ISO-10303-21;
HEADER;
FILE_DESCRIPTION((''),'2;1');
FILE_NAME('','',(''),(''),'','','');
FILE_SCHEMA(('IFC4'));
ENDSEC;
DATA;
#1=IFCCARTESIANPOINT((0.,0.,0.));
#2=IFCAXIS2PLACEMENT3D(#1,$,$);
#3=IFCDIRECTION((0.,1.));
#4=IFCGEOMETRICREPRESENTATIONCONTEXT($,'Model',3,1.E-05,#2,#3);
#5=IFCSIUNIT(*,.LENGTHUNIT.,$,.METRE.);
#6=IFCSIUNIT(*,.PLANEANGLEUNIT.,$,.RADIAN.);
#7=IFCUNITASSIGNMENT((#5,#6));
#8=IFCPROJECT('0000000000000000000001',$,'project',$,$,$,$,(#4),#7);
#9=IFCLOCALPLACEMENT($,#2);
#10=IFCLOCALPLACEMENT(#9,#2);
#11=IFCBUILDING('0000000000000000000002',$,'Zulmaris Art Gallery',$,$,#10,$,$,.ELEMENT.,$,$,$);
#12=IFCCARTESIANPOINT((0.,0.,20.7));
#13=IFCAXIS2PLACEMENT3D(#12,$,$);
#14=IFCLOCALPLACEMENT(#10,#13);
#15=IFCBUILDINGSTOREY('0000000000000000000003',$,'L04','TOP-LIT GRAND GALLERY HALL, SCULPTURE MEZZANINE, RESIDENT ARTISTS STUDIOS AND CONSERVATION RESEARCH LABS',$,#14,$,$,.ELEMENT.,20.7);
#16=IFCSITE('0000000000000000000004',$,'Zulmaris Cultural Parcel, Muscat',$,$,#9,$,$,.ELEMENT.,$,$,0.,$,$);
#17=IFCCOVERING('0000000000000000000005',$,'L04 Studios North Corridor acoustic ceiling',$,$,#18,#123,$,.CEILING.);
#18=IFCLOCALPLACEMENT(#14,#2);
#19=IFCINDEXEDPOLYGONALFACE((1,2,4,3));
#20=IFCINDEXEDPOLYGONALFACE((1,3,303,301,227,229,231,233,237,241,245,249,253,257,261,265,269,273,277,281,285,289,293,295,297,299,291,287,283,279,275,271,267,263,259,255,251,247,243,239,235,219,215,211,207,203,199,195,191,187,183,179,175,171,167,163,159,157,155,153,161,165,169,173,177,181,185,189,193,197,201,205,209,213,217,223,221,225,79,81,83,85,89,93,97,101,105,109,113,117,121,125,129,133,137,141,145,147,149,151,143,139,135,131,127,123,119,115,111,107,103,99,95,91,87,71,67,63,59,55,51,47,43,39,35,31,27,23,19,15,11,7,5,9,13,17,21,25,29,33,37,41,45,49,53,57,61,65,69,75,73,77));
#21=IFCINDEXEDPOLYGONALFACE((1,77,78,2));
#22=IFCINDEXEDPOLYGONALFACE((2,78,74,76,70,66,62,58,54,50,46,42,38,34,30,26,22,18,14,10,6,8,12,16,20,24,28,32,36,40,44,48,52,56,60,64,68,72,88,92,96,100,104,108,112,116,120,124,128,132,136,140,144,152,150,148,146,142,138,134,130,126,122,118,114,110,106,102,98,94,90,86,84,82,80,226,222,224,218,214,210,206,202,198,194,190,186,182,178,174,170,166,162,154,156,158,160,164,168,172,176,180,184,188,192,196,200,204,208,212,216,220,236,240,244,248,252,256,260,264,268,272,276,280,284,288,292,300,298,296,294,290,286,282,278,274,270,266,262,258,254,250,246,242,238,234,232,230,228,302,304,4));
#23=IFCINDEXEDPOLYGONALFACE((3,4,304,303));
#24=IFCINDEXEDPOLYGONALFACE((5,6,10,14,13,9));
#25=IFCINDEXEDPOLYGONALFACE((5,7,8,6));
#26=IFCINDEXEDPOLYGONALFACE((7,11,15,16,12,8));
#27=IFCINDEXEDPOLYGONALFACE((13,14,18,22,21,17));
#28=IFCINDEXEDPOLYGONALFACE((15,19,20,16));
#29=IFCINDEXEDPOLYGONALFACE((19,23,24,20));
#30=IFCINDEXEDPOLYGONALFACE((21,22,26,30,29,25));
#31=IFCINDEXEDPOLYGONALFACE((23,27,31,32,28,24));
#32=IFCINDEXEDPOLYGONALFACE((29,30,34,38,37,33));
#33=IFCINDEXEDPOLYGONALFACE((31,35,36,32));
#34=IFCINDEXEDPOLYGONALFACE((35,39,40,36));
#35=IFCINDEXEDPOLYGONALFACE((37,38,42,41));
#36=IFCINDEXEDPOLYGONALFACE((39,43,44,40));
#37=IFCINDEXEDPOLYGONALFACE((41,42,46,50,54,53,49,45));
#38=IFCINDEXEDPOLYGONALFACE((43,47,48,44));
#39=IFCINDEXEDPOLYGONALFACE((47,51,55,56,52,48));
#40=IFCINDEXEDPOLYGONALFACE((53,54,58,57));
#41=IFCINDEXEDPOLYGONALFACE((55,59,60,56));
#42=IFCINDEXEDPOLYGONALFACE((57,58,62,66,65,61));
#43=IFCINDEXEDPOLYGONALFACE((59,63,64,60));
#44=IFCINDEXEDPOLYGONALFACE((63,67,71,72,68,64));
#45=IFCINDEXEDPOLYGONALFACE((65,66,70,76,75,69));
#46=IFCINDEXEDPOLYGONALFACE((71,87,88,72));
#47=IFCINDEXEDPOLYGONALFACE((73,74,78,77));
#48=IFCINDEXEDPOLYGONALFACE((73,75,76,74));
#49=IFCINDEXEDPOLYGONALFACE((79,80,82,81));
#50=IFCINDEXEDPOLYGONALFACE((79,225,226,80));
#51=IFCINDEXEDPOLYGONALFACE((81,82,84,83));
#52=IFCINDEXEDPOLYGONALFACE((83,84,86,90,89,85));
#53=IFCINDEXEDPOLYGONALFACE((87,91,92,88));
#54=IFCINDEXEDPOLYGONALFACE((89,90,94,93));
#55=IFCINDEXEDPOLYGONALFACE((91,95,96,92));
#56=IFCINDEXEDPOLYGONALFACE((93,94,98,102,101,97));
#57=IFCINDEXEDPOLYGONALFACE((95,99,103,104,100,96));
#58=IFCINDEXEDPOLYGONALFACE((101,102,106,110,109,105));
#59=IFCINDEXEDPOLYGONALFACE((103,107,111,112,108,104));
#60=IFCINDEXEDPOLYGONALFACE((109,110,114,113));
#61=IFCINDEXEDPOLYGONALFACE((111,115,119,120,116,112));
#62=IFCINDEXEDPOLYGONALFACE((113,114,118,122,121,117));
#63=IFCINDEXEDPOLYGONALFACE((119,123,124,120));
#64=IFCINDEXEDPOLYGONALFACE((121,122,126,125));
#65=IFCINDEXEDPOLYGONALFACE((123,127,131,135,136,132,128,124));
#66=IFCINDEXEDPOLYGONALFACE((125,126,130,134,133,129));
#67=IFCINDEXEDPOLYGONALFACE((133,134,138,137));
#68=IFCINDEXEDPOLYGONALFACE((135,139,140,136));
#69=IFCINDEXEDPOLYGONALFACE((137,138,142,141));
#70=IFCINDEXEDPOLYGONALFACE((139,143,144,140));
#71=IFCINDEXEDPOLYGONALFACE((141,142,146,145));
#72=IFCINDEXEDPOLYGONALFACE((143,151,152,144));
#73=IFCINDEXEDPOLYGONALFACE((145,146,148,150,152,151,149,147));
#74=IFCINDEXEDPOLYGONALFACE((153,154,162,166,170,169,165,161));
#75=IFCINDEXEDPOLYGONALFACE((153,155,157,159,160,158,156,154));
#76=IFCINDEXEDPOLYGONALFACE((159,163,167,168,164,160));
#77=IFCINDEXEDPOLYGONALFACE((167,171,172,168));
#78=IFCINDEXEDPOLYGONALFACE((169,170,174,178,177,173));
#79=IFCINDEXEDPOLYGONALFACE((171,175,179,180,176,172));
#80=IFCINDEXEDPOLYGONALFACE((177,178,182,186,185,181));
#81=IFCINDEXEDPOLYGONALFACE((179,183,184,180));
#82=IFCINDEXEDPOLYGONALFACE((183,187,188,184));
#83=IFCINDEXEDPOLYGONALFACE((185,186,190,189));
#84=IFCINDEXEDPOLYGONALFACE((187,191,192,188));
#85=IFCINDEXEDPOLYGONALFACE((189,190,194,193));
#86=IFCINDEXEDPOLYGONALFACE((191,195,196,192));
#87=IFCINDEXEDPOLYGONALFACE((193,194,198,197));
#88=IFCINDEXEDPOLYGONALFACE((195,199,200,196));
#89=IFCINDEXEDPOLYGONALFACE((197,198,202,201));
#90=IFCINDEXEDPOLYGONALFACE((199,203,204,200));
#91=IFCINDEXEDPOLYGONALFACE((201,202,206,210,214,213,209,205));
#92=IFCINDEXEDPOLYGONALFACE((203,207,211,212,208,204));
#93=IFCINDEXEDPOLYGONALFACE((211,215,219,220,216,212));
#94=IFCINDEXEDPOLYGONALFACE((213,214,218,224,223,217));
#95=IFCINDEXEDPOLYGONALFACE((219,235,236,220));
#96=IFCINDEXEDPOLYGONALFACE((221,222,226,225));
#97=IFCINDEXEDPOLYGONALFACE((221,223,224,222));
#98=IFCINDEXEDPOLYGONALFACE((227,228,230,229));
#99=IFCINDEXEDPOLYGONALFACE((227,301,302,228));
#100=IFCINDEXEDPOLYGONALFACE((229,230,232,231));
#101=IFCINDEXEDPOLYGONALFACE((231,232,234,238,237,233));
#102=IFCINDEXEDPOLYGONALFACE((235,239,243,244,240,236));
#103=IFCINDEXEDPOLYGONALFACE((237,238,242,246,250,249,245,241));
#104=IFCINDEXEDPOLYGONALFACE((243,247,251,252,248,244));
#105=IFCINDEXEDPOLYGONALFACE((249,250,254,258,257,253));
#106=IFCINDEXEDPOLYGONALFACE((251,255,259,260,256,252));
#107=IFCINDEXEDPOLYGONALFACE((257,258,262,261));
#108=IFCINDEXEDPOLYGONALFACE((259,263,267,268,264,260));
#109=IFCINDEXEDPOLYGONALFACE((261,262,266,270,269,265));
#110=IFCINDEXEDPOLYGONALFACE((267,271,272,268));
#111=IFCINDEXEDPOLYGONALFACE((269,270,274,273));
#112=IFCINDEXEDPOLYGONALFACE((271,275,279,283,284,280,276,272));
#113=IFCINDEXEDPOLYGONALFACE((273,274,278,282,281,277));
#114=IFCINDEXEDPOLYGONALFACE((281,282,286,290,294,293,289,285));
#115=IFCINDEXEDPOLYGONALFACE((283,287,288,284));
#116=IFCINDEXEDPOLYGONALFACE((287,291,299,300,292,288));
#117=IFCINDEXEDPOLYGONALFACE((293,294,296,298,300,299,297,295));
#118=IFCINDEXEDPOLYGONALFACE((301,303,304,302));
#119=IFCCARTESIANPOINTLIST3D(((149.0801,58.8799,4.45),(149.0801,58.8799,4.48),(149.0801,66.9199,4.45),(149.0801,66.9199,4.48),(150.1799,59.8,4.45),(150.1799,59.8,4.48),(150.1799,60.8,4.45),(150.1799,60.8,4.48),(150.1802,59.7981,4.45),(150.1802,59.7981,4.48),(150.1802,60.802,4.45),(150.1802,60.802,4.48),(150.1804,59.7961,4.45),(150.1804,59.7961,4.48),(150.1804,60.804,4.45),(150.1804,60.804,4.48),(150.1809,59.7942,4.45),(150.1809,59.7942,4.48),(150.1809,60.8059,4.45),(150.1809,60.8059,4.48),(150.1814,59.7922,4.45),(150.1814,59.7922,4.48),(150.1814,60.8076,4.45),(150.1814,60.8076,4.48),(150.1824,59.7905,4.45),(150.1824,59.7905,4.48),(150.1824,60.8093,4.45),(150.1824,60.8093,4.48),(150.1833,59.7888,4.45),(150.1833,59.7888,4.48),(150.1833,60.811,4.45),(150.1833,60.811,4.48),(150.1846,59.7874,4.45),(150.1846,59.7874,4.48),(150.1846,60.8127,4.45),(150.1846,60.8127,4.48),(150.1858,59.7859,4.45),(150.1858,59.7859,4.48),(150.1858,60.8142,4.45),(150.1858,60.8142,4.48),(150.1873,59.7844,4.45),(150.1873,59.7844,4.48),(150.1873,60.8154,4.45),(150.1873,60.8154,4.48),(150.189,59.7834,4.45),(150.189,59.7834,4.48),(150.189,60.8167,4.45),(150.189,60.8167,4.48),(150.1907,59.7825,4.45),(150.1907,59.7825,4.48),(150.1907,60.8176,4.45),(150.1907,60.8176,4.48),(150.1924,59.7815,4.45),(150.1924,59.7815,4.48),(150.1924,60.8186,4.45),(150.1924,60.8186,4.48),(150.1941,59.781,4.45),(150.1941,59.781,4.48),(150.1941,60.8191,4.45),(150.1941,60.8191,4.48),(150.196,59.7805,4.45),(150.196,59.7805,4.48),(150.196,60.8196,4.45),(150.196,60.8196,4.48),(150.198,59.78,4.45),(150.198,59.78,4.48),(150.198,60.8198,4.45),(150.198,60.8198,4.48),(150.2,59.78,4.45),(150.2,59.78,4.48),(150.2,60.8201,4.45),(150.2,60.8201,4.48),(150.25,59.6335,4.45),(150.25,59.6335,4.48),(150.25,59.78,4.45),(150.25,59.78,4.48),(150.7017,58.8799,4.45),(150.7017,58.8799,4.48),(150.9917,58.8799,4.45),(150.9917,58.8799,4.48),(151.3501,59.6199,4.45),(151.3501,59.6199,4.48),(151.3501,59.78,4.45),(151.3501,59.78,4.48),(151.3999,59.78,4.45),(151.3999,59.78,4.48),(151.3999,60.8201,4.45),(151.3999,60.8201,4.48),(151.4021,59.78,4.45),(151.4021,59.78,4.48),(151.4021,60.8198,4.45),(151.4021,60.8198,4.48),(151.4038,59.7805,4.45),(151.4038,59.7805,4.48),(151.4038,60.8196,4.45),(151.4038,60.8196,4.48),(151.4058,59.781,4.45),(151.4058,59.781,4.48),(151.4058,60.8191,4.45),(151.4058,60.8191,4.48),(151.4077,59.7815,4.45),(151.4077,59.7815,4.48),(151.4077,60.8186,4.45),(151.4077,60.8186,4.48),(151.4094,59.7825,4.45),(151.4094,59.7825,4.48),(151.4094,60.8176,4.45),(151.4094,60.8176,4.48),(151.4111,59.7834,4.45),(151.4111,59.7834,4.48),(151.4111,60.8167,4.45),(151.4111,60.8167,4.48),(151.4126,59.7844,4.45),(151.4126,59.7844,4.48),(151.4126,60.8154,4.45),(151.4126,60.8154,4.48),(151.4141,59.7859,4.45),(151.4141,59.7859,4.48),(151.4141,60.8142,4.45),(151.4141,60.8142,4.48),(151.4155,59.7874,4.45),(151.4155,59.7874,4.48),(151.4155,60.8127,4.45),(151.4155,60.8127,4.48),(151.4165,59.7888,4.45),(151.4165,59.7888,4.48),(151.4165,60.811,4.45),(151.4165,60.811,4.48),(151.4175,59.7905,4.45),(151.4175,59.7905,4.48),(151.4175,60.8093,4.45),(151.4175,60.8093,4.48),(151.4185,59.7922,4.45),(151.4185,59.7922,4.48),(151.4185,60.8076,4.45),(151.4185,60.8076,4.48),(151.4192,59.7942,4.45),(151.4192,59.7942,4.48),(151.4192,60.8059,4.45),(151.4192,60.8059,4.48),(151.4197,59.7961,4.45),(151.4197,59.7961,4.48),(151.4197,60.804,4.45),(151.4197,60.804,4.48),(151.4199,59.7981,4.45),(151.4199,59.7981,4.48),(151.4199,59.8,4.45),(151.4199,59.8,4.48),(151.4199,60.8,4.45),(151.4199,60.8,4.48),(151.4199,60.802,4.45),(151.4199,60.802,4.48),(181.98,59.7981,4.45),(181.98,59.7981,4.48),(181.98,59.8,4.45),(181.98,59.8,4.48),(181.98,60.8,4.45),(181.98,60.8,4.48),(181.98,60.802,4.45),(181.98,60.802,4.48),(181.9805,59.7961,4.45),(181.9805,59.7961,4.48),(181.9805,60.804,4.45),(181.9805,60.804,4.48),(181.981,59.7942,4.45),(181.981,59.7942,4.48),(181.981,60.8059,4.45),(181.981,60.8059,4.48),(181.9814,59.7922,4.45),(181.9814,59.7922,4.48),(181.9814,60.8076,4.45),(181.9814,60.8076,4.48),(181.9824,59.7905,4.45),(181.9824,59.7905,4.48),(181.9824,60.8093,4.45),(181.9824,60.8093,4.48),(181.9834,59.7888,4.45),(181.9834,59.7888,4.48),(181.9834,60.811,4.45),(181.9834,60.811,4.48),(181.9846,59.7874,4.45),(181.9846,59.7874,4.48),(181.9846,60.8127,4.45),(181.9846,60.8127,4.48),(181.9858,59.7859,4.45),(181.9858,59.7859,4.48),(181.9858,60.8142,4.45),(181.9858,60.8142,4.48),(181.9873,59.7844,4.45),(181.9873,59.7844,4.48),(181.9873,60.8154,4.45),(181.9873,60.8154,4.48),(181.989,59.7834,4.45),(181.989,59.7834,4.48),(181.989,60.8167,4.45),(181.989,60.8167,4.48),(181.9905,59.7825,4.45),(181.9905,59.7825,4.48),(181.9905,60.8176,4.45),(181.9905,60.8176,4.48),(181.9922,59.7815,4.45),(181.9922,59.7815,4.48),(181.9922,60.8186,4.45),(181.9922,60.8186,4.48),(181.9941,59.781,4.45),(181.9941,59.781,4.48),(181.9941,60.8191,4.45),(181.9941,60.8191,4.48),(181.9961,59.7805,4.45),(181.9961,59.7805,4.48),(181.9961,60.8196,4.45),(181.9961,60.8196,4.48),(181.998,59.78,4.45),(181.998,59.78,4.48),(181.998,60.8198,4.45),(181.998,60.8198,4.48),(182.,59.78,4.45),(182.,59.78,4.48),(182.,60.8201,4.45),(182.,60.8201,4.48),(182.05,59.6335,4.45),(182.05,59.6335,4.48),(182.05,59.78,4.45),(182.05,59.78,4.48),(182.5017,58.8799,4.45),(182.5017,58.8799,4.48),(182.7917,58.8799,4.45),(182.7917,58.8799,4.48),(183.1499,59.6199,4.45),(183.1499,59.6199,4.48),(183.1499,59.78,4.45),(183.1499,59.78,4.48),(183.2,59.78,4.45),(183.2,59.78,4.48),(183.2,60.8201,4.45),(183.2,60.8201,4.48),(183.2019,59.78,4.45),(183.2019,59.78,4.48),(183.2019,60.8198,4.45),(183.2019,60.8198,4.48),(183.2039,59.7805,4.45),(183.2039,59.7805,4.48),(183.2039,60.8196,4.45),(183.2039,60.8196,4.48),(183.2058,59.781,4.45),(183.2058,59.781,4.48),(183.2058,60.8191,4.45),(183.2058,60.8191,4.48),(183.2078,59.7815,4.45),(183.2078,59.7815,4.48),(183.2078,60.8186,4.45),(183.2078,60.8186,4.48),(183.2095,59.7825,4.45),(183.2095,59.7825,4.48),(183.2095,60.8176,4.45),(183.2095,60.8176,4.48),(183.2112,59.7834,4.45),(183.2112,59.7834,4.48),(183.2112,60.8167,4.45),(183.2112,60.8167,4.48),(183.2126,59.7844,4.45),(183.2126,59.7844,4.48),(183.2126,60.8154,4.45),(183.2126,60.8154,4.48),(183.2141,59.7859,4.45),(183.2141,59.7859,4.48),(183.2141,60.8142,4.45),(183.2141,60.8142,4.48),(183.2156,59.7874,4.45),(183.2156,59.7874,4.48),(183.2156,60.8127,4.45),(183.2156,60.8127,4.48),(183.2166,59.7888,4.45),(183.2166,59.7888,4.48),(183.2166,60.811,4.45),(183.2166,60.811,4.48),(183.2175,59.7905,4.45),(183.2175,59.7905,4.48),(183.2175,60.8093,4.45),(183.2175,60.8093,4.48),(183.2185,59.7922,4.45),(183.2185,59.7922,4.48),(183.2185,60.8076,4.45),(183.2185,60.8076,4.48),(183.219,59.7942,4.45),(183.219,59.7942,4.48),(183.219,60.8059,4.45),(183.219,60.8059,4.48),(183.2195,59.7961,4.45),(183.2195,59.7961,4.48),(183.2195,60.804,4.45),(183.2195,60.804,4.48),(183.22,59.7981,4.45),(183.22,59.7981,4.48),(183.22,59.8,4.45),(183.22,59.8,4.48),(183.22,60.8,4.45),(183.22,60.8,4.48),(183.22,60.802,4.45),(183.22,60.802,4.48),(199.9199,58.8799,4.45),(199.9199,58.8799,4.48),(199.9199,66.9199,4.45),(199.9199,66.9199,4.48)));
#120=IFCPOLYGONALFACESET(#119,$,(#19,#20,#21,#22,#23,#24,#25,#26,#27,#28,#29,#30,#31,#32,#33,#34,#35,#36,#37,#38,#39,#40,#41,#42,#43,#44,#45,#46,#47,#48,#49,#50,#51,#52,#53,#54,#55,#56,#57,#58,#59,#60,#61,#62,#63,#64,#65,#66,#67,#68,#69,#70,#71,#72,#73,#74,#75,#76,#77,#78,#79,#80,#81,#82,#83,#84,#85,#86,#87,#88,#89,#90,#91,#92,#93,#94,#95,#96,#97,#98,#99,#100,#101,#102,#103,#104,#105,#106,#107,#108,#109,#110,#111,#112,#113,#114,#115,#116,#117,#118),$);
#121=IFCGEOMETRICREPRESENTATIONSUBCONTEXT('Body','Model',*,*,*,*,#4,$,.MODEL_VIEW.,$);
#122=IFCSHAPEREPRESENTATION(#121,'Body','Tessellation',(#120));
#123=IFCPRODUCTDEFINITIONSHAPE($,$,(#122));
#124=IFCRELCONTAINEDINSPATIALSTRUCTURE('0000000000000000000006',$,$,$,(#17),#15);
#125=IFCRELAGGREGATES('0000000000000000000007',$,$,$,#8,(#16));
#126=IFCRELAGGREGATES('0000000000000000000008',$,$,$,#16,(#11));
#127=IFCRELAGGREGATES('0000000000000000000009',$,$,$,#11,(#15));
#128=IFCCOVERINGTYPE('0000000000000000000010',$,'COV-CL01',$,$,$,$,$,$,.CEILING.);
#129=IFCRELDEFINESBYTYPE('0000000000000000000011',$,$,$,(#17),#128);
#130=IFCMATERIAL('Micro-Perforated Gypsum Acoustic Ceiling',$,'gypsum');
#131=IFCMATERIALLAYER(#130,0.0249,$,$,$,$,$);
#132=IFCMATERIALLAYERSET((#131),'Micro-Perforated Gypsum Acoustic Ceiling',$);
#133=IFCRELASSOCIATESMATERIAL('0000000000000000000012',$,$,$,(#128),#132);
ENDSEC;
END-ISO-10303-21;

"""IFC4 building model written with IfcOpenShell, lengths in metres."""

from ifc_helpers import new_model, si_unit, direction, frame, origin, place, context, subcontext, project, spatial, polyline, outline, extrude, material, layer, layer_set, type_object, element, save


model = new_model("IFC4")

# Units and contexts
model_context = context("Model", 3, precision=1e-05, world=origin(), true_north=direction((0.0, 1.0)))
body_context = subcontext(model_context, "Body", "Model", "MODEL_VIEW")
ifc_project = project(units=[si_unit("LENGTHUNIT", "METRE"), si_unit("PLANEANGLEUNIT", "RADIAN")], contexts=[model_context])

# Site, building, storey
site_placement = place(None, origin())
site = spatial("IfcSite", under=ifc_project, at=site_placement, Name="Zulmaris Cultural Parcel, Muscat", CompositionType="ELEMENT", RefElevation=0.0)
building_placement = place(site_placement, origin())
building = spatial("IfcBuilding", under=site, at=building_placement, Name="Zulmaris Art Gallery", CompositionType="ELEMENT")
storey_placement = place(building_placement, frame((0.0, 0.0, 20.7)))
storey = spatial("IfcBuildingStorey", under=building, at=storey_placement, Name="L04", Description="TOP-LIT GRAND GALLERY HALL, SCULPTURE MEZZANINE, RESIDENT ARTISTS STUDIOS AND CONSERVATION RESEARCH LABS", CompositionType="ELEMENT", Elevation=20.7)

# Covering
ifc_material_1 = material(Name="Micro-Perforated Gypsum Acoustic Ceiling", Category="gypsum")
ifc_layer_1 = layer(ifc_material_1, 0.0249)
ifc_layer_set_1 = layer_set([ifc_layer_1], Name="Micro-Perforated Gypsum Acoustic Ceiling")
covering_type_1 = type_object("IfcCoveringType", Name="COV-CL01", PredefinedType="CEILING", material=ifc_layer_set_1)
covering_1_placement = place(storey_placement, frame((0.0, 0.0, 4.45)))
element("IfcCovering", 1, at=covering_1_placement, inside=storey, type_object=covering_type_1, Name="L04 Studios North Corridor acoustic ceiling", PredefinedType="CEILING", context=body_context, shape_type="SweptSolid", body=[
    extrude(outline(polyline([(199.9199, 66.9199), (199.9199, 58.8799), (182.7917, 58.8799), (183.1499, 59.6199), (183.1499, 59.78), (183.2, 59.78), (183.2019, 59.78), (183.2039, 59.7805), (183.2058, 59.781), (183.2078, 59.7815), (183.2095, 59.7825), (183.2112, 59.7834), (183.2126, 59.7844), (183.2141, 59.7859), (183.2156, 59.7874), (183.2166, 59.7888), (183.2175, 59.7905), (183.2185, 59.7922), (183.219, 59.7942), (183.2195, 59.7961), (183.22, 59.7981), (183.22, 59.8), (183.22, 60.8), (183.22, 60.802), (183.2195, 60.804), (183.219, 60.8059), (183.2185, 60.8076), (183.2175, 60.8093), (183.2166, 60.811), (183.2156, 60.8127), (183.2141, 60.8142), (183.2126, 60.8154), (183.2112, 60.8167), (183.2095, 60.8176), (183.2078, 60.8186), (183.2058, 60.8191), (183.2039, 60.8196), (183.2019, 60.8198), (183.2, 60.8201), (182.0, 60.8201), (181.998, 60.8198), (181.9961, 60.8196), (181.9941, 60.8191), (181.9922, 60.8186), (181.9905, 60.8176), (181.989, 60.8167), (181.9873, 60.8154), (181.9858, 60.8142), (181.9846, 60.8127), (181.9834, 60.811), (181.9824, 60.8093), (181.9814, 60.8076), (181.981, 60.8059), (181.9805, 60.804), (181.98, 60.802), (181.98, 60.8), (181.98, 59.8), (181.98, 59.7981), (181.9805, 59.7961), (181.981, 59.7942), (181.9814, 59.7922), (181.9824, 59.7905), (181.9834, 59.7888), (181.9846, 59.7874), (181.9858, 59.7859), (181.9873, 59.7844), (181.989, 59.7834), (181.9905, 59.7825), (181.9922, 59.7815), (181.9941, 59.781), (181.9961, 59.7805), (181.998, 59.78), (182.0, 59.78), (182.05, 59.78), (182.05, 59.6335), (182.5017, 58.8799), (150.9917, 58.8799), (151.3501, 59.6199), (151.3501, 59.78), (151.3999, 59.78), (151.4021, 59.78), (151.4038, 59.7805), (151.4058, 59.781), (151.4077, 59.7815), (151.4094, 59.7825), (151.4111, 59.7834), (151.4126, 59.7844), (151.4141, 59.7859), (151.4155, 59.7874), (151.4165, 59.7888), (151.4175, 59.7905), (151.4185, 59.7922), (151.4192, 59.7942), (151.4197, 59.7961), (151.4199, 59.7981), (151.4199, 59.8), (151.4199, 60.8), (151.4199, 60.802), (151.4197, 60.804), (151.4192, 60.8059), (151.4185, 60.8076), (151.4175, 60.8093), (151.4165, 60.811), (151.4155, 60.8127), (151.4141, 60.8142), (151.4126, 60.8154), (151.4111, 60.8167), (151.4094, 60.8176), (151.4077, 60.8186), (151.4058, 60.8191), (151.4038, 60.8196), (151.4021, 60.8198), (151.3999, 60.8201), (150.2, 60.8201), (150.198, 60.8198), (150.196, 60.8196), (150.1941, 60.8191), (150.1924, 60.8186), (150.1907, 60.8176), (150.189, 60.8167), (150.1873, 60.8154), (150.1858, 60.8142), (150.1846, 60.8127), (150.1833, 60.811), (150.1824, 60.8093), (150.1814, 60.8076), (150.1809, 60.8059), (150.1804, 60.804), (150.1802, 60.802), (150.1799, 60.8), (150.1799, 59.8), (150.1802, 59.7981), (150.1804, 59.7961), (150.1809, 59.7942), (150.1814, 59.7922), (150.1824, 59.7905), (150.1833, 59.7888), (150.1846, 59.7874), (150.1858, 59.7859), (150.1873, 59.7844), (150.189, 59.7834), (150.1907, 59.7825), (150.1924, 59.7815), (150.1941, 59.781), (150.196, 59.7805), (150.198, 59.78), (150.2, 59.78), (150.25, 59.78), (150.25, 59.6335), (150.7017, 58.8799), (149.0801, 58.8799), (149.0801, 66.9199), (199.9199, 66.9199)])), origin(), (0.0, 0.0, 1.0), 0.03),
])

save(model, "model.ifc")
